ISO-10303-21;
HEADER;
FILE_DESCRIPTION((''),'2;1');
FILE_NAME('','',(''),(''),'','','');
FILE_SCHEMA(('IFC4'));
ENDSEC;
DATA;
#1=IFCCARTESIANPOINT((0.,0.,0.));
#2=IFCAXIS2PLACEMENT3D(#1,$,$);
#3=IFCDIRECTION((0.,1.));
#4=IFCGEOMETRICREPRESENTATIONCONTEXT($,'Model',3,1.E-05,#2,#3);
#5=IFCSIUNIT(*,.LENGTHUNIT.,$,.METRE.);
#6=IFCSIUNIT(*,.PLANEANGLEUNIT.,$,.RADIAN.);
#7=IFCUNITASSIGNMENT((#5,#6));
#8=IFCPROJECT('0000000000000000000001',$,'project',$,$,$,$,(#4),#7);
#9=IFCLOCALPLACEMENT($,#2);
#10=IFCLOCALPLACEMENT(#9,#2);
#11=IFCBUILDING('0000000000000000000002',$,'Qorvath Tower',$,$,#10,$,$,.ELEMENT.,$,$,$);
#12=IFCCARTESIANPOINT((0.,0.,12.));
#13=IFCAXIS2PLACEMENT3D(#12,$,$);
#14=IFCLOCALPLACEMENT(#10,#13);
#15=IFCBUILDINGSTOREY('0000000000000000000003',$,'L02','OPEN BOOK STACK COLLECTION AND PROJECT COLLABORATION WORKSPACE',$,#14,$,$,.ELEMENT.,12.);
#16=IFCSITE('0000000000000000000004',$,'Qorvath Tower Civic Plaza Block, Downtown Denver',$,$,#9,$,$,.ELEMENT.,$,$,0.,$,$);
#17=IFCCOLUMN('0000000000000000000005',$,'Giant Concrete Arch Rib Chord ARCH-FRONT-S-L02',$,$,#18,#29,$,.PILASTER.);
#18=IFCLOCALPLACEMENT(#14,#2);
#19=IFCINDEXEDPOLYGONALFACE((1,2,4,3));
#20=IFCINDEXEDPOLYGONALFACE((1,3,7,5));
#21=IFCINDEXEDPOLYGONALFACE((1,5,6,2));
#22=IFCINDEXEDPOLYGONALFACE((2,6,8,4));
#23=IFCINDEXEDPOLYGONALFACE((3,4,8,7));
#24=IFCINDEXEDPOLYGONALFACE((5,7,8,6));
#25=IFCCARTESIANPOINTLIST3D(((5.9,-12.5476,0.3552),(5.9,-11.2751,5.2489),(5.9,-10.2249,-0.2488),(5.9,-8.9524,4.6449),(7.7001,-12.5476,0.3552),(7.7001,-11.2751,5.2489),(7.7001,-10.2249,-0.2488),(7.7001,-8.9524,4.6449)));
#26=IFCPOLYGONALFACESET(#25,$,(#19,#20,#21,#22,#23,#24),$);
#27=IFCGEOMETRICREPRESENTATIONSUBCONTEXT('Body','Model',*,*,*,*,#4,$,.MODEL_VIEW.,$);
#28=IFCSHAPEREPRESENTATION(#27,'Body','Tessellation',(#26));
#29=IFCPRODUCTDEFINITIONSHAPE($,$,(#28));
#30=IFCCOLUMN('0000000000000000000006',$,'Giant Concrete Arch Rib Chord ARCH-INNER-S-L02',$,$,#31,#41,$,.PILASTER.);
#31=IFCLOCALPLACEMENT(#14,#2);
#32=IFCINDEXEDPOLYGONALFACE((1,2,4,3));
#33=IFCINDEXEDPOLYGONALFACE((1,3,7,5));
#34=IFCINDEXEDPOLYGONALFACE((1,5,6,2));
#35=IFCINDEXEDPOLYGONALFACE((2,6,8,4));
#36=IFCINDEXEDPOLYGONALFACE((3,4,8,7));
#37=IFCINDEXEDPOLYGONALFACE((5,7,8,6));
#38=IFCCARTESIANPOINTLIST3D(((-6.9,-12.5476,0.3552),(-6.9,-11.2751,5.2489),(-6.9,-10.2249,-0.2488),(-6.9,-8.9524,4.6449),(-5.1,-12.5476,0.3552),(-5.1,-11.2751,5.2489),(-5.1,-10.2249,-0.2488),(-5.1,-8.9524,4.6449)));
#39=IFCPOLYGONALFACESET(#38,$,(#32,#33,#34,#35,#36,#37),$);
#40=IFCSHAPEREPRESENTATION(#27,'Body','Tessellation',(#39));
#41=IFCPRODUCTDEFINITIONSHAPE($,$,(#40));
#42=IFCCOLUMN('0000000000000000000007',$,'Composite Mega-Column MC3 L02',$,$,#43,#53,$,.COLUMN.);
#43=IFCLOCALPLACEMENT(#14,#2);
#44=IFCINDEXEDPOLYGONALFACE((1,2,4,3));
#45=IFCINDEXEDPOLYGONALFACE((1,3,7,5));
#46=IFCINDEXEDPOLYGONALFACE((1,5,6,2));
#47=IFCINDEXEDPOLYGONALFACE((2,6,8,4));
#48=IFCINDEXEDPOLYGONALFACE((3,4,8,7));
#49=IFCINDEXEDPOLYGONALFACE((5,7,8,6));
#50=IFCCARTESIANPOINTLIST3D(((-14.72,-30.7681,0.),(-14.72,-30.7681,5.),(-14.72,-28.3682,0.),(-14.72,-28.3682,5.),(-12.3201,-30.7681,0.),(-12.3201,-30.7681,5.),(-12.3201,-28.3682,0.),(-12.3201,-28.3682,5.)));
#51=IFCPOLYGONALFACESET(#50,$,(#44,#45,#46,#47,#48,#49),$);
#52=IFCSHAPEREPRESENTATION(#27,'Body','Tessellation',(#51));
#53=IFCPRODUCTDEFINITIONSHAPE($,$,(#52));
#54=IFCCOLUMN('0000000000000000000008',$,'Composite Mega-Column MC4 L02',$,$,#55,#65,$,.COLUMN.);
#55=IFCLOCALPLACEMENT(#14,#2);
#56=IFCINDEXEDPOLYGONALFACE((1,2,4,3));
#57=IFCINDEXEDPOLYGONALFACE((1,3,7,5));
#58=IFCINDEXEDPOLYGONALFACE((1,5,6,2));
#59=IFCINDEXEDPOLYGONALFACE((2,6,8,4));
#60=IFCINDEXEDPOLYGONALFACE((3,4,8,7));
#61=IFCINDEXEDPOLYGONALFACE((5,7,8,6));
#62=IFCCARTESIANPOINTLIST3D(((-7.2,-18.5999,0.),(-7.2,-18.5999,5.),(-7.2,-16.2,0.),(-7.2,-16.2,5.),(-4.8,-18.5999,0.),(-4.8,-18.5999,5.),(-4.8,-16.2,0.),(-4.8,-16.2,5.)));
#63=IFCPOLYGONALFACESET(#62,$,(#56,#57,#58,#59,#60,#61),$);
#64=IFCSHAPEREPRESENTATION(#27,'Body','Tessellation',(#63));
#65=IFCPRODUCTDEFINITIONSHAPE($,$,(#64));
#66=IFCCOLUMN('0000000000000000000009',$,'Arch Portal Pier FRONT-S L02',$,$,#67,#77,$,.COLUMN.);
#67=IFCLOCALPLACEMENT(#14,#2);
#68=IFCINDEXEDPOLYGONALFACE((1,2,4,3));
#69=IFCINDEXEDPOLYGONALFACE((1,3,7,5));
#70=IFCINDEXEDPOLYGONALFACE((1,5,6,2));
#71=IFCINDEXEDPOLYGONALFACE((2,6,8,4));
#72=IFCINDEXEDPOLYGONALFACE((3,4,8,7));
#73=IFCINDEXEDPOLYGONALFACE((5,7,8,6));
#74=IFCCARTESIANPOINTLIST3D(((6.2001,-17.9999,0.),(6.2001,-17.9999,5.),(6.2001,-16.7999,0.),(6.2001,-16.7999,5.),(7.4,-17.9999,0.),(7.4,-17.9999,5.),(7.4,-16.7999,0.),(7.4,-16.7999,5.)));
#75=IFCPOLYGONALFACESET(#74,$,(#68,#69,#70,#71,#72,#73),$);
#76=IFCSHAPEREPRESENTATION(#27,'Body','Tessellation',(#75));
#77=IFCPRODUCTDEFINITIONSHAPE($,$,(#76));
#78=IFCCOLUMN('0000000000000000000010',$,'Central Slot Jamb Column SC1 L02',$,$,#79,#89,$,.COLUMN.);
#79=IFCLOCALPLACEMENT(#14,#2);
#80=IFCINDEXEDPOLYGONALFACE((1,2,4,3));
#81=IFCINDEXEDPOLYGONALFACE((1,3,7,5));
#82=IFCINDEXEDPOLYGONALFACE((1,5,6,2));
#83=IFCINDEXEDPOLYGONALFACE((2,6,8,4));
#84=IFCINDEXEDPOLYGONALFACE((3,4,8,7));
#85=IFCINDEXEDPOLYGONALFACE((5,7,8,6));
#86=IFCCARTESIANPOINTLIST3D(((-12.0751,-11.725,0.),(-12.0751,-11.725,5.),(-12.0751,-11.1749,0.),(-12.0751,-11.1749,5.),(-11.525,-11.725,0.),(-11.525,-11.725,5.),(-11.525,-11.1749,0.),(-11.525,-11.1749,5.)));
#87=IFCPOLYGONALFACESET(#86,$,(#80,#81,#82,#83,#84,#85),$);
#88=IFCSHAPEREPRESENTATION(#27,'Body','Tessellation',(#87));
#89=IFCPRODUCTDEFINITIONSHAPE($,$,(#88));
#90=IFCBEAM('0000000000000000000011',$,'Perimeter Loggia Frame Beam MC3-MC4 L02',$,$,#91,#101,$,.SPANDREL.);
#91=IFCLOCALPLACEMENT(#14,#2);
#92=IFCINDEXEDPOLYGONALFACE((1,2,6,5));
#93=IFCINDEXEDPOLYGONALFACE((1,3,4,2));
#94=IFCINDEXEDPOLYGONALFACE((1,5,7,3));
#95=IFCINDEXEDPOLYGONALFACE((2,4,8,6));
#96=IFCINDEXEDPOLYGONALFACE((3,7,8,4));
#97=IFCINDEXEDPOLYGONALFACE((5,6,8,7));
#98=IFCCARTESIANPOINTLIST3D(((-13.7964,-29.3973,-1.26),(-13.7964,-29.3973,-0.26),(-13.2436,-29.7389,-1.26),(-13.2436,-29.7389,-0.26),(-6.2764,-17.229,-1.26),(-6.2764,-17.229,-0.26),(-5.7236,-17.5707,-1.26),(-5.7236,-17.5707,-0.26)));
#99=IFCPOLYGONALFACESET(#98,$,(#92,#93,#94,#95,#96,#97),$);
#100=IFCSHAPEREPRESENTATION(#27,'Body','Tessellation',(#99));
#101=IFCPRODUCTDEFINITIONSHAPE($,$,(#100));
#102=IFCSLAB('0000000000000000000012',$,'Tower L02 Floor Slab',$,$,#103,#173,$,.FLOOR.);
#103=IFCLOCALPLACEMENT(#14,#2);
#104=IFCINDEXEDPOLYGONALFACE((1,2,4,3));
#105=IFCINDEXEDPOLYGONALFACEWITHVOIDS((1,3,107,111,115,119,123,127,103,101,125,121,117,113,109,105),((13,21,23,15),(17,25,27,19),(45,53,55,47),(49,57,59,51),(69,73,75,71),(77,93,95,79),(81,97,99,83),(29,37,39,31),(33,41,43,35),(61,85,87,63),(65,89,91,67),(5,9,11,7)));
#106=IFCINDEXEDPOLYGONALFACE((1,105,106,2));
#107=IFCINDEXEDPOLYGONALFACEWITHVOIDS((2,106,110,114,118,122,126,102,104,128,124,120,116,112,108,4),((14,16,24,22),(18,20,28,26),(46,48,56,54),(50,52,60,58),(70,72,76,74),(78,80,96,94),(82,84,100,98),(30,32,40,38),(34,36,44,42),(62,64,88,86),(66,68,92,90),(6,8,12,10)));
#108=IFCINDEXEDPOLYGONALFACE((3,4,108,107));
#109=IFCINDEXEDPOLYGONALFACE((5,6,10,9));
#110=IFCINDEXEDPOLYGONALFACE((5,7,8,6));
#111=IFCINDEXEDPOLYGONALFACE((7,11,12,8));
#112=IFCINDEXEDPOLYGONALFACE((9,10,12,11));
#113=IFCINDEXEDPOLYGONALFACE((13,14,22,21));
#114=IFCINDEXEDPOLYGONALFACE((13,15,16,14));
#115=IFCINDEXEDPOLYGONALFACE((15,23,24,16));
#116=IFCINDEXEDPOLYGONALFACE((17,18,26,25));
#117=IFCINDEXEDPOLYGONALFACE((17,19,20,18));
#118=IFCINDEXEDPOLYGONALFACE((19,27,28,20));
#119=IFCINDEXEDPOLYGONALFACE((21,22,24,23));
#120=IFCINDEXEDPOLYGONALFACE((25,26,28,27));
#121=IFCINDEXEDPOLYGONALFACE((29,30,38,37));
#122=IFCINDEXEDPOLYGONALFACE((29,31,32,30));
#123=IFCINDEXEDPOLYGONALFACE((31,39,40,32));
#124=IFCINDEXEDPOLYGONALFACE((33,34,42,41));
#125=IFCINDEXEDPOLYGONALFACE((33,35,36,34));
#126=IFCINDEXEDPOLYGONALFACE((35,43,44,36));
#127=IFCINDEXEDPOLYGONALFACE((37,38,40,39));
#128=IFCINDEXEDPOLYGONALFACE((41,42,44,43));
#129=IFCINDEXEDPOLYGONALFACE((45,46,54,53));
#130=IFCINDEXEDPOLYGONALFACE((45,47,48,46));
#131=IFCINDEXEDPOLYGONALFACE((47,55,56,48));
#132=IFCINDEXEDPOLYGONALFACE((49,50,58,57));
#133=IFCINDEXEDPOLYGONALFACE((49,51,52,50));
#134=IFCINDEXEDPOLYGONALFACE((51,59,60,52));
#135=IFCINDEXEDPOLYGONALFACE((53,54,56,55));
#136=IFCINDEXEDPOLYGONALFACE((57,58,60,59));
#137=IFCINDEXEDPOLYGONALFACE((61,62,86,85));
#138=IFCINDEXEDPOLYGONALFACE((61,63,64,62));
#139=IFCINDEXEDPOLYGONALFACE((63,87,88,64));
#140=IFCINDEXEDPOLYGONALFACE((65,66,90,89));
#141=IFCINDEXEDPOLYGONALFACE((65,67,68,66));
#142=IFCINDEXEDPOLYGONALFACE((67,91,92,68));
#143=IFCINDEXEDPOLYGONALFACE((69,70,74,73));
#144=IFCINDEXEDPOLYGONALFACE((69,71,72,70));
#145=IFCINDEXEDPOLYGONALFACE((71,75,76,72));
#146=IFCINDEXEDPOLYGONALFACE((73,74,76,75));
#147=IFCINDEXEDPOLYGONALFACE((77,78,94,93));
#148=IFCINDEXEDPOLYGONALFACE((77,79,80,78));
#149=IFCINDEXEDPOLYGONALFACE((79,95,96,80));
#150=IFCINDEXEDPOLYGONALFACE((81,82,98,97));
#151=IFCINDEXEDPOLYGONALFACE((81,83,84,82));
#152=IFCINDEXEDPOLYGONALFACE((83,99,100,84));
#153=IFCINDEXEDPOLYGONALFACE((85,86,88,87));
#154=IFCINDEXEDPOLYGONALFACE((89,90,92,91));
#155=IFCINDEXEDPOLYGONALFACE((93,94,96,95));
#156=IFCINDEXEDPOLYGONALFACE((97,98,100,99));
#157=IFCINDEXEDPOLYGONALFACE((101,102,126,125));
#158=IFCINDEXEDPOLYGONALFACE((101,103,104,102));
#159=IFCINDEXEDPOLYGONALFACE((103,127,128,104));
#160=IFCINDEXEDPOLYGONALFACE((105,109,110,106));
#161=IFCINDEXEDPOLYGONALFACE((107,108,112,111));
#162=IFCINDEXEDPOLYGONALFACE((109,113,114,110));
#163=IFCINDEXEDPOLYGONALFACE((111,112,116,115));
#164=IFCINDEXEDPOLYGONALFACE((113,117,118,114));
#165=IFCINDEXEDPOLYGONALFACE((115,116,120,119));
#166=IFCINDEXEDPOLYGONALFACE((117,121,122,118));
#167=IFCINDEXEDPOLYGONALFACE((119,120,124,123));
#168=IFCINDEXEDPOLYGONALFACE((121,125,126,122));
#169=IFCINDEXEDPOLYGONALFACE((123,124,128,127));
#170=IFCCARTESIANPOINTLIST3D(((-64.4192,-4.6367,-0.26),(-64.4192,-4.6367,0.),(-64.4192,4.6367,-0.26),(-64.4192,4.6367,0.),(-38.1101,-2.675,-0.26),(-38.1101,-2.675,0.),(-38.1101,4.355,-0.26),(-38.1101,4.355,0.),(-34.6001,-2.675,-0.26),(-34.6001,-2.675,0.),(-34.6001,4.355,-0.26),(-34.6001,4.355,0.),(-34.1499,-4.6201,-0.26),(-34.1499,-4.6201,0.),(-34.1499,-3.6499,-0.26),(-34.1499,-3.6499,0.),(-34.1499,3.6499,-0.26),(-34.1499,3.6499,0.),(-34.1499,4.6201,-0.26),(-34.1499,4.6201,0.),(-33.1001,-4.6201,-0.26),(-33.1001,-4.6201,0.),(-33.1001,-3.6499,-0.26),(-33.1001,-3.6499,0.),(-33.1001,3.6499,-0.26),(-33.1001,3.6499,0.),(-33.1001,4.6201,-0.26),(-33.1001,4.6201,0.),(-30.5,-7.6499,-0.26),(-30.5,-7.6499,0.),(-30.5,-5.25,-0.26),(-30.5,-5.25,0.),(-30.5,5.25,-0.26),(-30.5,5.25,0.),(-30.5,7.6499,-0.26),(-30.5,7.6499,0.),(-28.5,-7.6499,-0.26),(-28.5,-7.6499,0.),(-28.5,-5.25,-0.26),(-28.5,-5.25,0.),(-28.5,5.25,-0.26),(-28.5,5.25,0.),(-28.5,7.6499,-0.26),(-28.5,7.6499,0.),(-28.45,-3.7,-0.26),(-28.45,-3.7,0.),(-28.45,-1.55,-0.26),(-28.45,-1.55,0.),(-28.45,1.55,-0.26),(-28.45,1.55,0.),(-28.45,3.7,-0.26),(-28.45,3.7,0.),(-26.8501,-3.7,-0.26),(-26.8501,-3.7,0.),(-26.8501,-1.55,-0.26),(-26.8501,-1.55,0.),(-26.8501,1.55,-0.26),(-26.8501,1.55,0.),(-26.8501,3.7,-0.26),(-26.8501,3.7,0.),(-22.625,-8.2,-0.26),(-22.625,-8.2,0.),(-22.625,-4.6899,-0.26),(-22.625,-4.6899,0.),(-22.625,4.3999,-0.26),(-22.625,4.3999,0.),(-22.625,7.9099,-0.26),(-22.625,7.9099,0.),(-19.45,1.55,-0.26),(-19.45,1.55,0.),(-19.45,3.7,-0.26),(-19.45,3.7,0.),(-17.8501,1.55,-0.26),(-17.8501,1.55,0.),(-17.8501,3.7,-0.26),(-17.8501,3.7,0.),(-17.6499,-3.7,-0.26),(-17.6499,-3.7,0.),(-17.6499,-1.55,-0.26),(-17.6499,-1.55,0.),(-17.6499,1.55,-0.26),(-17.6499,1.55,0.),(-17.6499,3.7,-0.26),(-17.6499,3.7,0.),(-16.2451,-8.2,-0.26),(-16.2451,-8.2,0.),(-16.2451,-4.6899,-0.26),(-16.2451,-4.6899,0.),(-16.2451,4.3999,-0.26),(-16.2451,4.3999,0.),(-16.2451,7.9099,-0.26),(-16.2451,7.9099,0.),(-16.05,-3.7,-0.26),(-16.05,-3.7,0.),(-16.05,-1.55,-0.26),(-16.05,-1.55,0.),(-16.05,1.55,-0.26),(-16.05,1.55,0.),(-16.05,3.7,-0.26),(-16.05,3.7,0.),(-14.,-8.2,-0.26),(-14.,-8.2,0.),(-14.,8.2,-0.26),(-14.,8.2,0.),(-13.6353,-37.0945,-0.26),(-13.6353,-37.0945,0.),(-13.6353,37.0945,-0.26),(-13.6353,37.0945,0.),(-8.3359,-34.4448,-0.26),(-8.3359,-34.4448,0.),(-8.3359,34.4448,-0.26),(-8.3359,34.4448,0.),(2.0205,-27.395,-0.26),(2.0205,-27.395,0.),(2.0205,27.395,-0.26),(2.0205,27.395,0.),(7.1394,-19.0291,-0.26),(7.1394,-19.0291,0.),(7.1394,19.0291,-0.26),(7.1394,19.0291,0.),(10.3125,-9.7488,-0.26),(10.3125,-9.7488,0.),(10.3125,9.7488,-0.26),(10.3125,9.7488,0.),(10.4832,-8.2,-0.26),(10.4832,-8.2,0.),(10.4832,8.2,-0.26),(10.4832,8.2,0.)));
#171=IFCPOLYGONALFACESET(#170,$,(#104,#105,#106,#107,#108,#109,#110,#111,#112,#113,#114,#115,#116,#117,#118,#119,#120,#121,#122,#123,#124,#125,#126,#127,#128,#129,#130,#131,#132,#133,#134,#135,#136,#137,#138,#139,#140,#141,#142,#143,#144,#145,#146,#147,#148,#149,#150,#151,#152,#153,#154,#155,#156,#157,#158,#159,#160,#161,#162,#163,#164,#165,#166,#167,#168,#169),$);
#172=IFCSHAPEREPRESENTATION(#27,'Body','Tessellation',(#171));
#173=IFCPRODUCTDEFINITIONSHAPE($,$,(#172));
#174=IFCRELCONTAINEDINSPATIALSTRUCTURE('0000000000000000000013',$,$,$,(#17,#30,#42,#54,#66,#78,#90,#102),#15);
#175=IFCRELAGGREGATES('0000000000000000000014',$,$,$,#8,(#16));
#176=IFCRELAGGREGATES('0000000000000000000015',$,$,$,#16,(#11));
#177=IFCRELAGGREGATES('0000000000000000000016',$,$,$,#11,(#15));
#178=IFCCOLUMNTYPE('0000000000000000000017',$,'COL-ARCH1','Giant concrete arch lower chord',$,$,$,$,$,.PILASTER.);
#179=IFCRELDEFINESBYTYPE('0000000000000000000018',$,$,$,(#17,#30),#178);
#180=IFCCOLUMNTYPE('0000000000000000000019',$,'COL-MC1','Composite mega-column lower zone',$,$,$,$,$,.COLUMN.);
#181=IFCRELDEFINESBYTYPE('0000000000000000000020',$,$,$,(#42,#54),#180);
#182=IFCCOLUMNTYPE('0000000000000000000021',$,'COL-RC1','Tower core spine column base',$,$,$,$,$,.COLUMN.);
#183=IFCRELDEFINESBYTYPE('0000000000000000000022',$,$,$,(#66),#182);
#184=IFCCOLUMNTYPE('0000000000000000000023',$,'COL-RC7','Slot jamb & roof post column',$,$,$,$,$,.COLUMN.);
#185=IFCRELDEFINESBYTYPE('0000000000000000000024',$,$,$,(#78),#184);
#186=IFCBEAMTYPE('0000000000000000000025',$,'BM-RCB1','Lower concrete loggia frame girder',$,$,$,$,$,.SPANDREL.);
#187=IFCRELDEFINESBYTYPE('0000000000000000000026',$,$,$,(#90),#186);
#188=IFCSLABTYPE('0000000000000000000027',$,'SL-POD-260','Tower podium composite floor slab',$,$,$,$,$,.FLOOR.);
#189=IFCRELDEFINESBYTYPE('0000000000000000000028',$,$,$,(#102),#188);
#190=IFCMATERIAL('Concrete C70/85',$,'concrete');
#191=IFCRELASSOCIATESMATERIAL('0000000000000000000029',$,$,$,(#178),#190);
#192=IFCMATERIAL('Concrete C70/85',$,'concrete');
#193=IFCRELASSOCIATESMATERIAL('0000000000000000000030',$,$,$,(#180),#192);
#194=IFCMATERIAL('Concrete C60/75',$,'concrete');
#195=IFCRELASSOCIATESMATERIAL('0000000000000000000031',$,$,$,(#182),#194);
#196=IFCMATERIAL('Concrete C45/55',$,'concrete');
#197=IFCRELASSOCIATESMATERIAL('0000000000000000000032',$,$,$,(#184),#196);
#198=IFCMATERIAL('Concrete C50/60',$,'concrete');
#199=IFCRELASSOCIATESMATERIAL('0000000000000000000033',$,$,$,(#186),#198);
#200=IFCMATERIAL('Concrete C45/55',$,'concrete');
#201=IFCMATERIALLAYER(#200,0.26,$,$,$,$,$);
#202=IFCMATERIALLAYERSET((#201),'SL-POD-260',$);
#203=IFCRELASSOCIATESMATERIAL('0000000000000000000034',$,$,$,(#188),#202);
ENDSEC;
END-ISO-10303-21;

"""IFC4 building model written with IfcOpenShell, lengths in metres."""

from ifc_helpers import new_model, si_unit, direction, frame, origin, origin_2d, place, context, subcontext, project, spatial, polyline, rectangle, outline, extrude, material, layer, layer_set, material_profile, profile_set, type_object, element, save


model = new_model("IFC4")

# Units and contexts
model_context = context("Model", 3, precision=1e-05, world=origin(), true_north=direction((0.0, 1.0)))
body_context = subcontext(model_context, "Body", "Model", "MODEL_VIEW")
ifc_project = project(units=[si_unit("LENGTHUNIT", "METRE"), si_unit("PLANEANGLEUNIT", "RADIAN")], contexts=[model_context])

# Site, building, storey
site_placement = place(None, origin())
site = spatial("IfcSite", under=ifc_project, at=site_placement, Name="Qorvath Tower Civic Plaza Block, Downtown Denver", CompositionType="ELEMENT", RefElevation=0.0)
building_placement = place(site_placement, origin())
building = spatial("IfcBuilding", under=site, at=building_placement, Name="Qorvath Tower", CompositionType="ELEMENT")
storey_placement = place(building_placement, frame((0.0, 0.0, 12.0)))
storey = spatial("IfcBuildingStorey", under=building, at=storey_placement, Name="L02", Description="OPEN BOOK STACK COLLECTION AND PROJECT COLLABORATION WORKSPACE", CompositionType="ELEMENT", Elevation=12.0)

# Columns
ifc_material_1 = material(Name="Concrete C70/85", Category="concrete")
ifc_material_profile_1 = material_profile(ifc_material_1, rectangle(XDim=1.8, YDim=2.3999, at=origin_2d()), Name="ARCH 2400x1800")
ifc_profile_set_1 = profile_set([ifc_material_profile_1], Name="Concrete C70/85")
column_type_1 = type_object("IfcColumnType", Name="COL-ARCH1", Description="Giant concrete arch lower chord", PredefinedType="PILASTER", material=ifc_profile_set_1)
for number, where, z_axis, x_axis, name in (
    (1, (6.8, -11.3862, 0.0532), (0.0, 0.251659, 0.967816), (-1.0, 0.0, 0.0), "Giant Concrete Arch Rib Chord ARCH-FRONT-S-L02"),
    (2, (-6.0, -11.3862, 0.0532), (0.0, 0.251659, 0.967816), (-1.0, 0.0, 0.0), "Giant Concrete Arch Rib Chord ARCH-INNER-S-L02"),
):
    element("IfcColumn", number, at=place(storey_placement, frame(where, z_axis=z_axis, x_axis=x_axis)), inside=storey, type_object=column_type_1, Name=name, PredefinedType="PILASTER", context=body_context, shape_type="SweptSolid", body=[
        extrude(rectangle(XDim=1.8, YDim=2.3999, at=origin_2d()), origin(), (0.0, 0.0, 1.0), 5.0564),
    ])
ifc_material_2 = material(Name="Concrete C70/85", Category="concrete")
ifc_material_profile_2 = material_profile(ifc_material_2, rectangle(XDim=2.3999, YDim=2.3999, at=origin_2d()), Name="MC 2400x2400")
ifc_profile_set_2 = profile_set([ifc_material_profile_2], Name="Concrete C70/85")
column_type_2 = type_object("IfcColumnType", Name="COL-MC1", Description="Composite mega-column lower zone", PredefinedType="COLUMN", material=ifc_profile_set_2)
for number, where, z_axis, x_axis, name in (
    (3, (-13.52, -29.5681, 0.0), (0.0, 0.0, 1.0), (1.0, 0.0, 0.0), "Composite Mega-Column MC3 L02"),
    (4, (-6.0, -17.3999, 0.0), (0.0, 0.0, 1.0), (1.0, 0.0, 0.0), "Composite Mega-Column MC4 L02"),
):
    element("IfcColumn", number, at=place(storey_placement, frame(where, z_axis=z_axis, x_axis=x_axis)), inside=storey, type_object=column_type_2, Name=name, PredefinedType="COLUMN", context=body_context, shape_type="SweptSolid", body=[
        extrude(rectangle(XDim=2.3999, YDim=2.3999, at=origin_2d()), origin(), (0.0, 0.0, 1.0), 5.0),
    ])
ifc_material_3 = material(Name="Concrete C60/75", Category="concrete")
ifc_material_profile_3 = material_profile(ifc_material_3, rectangle(XDim=1.2, YDim=1.2, at=origin_2d()), Name="RC 1200x1200")
ifc_profile_set_3 = profile_set([ifc_material_profile_3], Name="Concrete C60/75")
column_type_3 = type_object("IfcColumnType", Name="COL-RC1", Description="Tower core spine column base", PredefinedType="COLUMN", material=ifc_profile_set_3)
column_1_placement = place(storey_placement, frame((6.8, -17.3999, 0.0), z_axis=(0.0, 0.0, 1.0), x_axis=(1.0, 0.0, 0.0)))
element("IfcColumn", 5, at=column_1_placement, inside=storey, type_object=column_type_3, Name="Arch Portal Pier FRONT-S L02", PredefinedType="COLUMN", context=body_context, shape_type="SweptSolid", body=[
    extrude(rectangle(XDim=1.2, YDim=1.2, at=origin_2d()), origin(), (0.0, 0.0, 1.0), 5.0),
])
ifc_material_4 = material(Name="Concrete C45/55", Category="concrete")
ifc_material_profile_4 = material_profile(ifc_material_4, rectangle(XDim=0.55, YDim=0.55, at=origin_2d()), Name="RC 550x550")
ifc_profile_set_4 = profile_set([ifc_material_profile_4], Name="Concrete C45/55")
column_type_4 = type_object("IfcColumnType", Name="COL-RC7", Description="Slot jamb & roof post column", PredefinedType="COLUMN", material=ifc_profile_set_4)
column_2_placement = place(storey_placement, frame((-11.8, -11.45, 0.0), z_axis=(0.0, 0.0, 1.0), x_axis=(1.0, 0.0, 0.0)))
element("IfcColumn", 6, at=column_2_placement, inside=storey, type_object=column_type_4, Name="Central Slot Jamb Column SC1 L02", PredefinedType="COLUMN", context=body_context, shape_type="SweptSolid", body=[
    extrude(rectangle(XDim=0.55, YDim=0.55, at=origin_2d()), origin(), (0.0, 0.0, 1.0), 5.0),
])

# Beam
ifc_material_5 = material(Name="Concrete C50/60", Category="concrete")
ifc_material_profile_5 = material_profile(ifc_material_5, rectangle(XDim=0.6499, YDim=1.0, at=origin_2d()), Name="RCB 1000x650")
ifc_profile_set_5 = profile_set([ifc_material_profile_5], Name="Concrete C50/60")
beam_type = type_object("IfcBeamType", Name="BM-RCB1", Description="Lower concrete loggia frame girder", PredefinedType="SPANDREL", material=ifc_profile_set_5)
beam_placement = place(storey_placement, frame((-13.52, -29.5681, -0.76), z_axis=(0.525713, 0.850662, 0.0), x_axis=(-0.850662, 0.525713, 0.0)))
element("IfcBeam", 7, at=beam_placement, inside=storey, type_object=beam_type, Name="Perimeter Loggia Frame Beam MC3-MC4 L02", PredefinedType="SPANDREL", context=body_context, shape_type="SweptSolid", body=[
    extrude(rectangle(XDim=0.6499, YDim=1.0, at=origin_2d()), origin(), (0.0, 0.0, 1.0), 14.3044),
])

# Slab
ifc_material_6 = material(Name="Concrete C45/55", Category="concrete")
ifc_layer_1 = layer(ifc_material_6, 0.26)
ifc_layer_set_1 = layer_set([ifc_layer_1], Name="SL-POD-260")
slab_type = type_object("IfcSlabType", Name="SL-POD-260", Description="Tower podium composite floor slab", PredefinedType="FLOOR", material=ifc_layer_set_1)
slab_placement = place(storey_placement, frame((0.0, 0.0, -0.26)))
element("IfcSlab", 8, at=slab_placement, inside=storey, type_object=slab_type, Name="Tower L02 Floor Slab", PredefinedType="FLOOR", context=body_context, shape_type="SweptSolid", body=[
    extrude(outline(polyline([(10.3125, -9.7488), (10.4832, -8.2), (-14.0, -8.2), (-14.0, 8.2), (10.4832, 8.2), (10.3125, 9.7488), (7.1394, 19.0291), (2.0205, 27.395), (-8.3359, 34.4448), (-13.6353, 37.0945), (-64.4192, 4.6367), (-64.4192, -4.6367), (-13.6353, -37.0945), (-8.3359, -34.4448), (2.0205, -27.395), (7.1394, -19.0291), (10.3125, -9.7488)]), holes=[polyline([(-17.6499, -3.7), (-17.6499, -1.55), (-16.05, -1.55), (-16.05, -3.7), (-17.6499, -3.7)]), polyline([(-17.6499, 1.55), (-17.6499, 3.7), (-16.05, 3.7), (-16.05, 1.55), (-17.6499, 1.55)]), polyline([(-16.2451, -8.2), (-22.625, -8.2), (-22.625, -4.6899), (-16.2451, -4.6899), (-16.2451, -8.2)]), polyline([(-22.625, 4.3999), (-22.625, 7.9099), (-16.2451, 7.9099), (-16.2451, 4.3999), (-22.625, 4.3999)]), polyline([(-17.8501, 1.55), (-19.45, 1.55), (-19.45, 3.7), (-17.8501, 3.7), (-17.8501, 1.55)]), polyline([(-28.45, -3.7), (-28.45, -1.55), (-26.8501, -1.55), (-26.8501, -3.7), (-28.45, -3.7)]), polyline([(-26.8501, 1.55), (-28.45, 1.55), (-28.45, 3.7), (-26.8501, 3.7), (-26.8501, 1.55)]), polyline([(-28.5, -7.6499), (-30.5, -7.6499), (-30.5, -5.25), (-28.5, -5.25), (-28.5, -7.6499)]), polyline([(-30.5, 5.25), (-30.5, 7.6499), (-28.5, 7.6499), (-28.5, 5.25), (-30.5, 5.25)]), polyline([(-34.1499, -4.6201), (-34.1499, -3.6499), (-33.1001, -3.6499), (-33.1001, -4.6201), (-34.1499, -4.6201)]), polyline([(-34.1499, 3.6499), (-34.1499, 4.6201), (-33.1001, 4.6201), (-33.1001, 3.6499), (-34.1499, 3.6499)]), polyline([(-34.6001, -2.675), (-38.1101, -2.675), (-38.1101, 4.355), (-34.6001, 4.355), (-34.6001, -2.675)])]), origin(), (0.0, 0.0, 1.0), 0.26),
])

save(model, "model.ifc")
